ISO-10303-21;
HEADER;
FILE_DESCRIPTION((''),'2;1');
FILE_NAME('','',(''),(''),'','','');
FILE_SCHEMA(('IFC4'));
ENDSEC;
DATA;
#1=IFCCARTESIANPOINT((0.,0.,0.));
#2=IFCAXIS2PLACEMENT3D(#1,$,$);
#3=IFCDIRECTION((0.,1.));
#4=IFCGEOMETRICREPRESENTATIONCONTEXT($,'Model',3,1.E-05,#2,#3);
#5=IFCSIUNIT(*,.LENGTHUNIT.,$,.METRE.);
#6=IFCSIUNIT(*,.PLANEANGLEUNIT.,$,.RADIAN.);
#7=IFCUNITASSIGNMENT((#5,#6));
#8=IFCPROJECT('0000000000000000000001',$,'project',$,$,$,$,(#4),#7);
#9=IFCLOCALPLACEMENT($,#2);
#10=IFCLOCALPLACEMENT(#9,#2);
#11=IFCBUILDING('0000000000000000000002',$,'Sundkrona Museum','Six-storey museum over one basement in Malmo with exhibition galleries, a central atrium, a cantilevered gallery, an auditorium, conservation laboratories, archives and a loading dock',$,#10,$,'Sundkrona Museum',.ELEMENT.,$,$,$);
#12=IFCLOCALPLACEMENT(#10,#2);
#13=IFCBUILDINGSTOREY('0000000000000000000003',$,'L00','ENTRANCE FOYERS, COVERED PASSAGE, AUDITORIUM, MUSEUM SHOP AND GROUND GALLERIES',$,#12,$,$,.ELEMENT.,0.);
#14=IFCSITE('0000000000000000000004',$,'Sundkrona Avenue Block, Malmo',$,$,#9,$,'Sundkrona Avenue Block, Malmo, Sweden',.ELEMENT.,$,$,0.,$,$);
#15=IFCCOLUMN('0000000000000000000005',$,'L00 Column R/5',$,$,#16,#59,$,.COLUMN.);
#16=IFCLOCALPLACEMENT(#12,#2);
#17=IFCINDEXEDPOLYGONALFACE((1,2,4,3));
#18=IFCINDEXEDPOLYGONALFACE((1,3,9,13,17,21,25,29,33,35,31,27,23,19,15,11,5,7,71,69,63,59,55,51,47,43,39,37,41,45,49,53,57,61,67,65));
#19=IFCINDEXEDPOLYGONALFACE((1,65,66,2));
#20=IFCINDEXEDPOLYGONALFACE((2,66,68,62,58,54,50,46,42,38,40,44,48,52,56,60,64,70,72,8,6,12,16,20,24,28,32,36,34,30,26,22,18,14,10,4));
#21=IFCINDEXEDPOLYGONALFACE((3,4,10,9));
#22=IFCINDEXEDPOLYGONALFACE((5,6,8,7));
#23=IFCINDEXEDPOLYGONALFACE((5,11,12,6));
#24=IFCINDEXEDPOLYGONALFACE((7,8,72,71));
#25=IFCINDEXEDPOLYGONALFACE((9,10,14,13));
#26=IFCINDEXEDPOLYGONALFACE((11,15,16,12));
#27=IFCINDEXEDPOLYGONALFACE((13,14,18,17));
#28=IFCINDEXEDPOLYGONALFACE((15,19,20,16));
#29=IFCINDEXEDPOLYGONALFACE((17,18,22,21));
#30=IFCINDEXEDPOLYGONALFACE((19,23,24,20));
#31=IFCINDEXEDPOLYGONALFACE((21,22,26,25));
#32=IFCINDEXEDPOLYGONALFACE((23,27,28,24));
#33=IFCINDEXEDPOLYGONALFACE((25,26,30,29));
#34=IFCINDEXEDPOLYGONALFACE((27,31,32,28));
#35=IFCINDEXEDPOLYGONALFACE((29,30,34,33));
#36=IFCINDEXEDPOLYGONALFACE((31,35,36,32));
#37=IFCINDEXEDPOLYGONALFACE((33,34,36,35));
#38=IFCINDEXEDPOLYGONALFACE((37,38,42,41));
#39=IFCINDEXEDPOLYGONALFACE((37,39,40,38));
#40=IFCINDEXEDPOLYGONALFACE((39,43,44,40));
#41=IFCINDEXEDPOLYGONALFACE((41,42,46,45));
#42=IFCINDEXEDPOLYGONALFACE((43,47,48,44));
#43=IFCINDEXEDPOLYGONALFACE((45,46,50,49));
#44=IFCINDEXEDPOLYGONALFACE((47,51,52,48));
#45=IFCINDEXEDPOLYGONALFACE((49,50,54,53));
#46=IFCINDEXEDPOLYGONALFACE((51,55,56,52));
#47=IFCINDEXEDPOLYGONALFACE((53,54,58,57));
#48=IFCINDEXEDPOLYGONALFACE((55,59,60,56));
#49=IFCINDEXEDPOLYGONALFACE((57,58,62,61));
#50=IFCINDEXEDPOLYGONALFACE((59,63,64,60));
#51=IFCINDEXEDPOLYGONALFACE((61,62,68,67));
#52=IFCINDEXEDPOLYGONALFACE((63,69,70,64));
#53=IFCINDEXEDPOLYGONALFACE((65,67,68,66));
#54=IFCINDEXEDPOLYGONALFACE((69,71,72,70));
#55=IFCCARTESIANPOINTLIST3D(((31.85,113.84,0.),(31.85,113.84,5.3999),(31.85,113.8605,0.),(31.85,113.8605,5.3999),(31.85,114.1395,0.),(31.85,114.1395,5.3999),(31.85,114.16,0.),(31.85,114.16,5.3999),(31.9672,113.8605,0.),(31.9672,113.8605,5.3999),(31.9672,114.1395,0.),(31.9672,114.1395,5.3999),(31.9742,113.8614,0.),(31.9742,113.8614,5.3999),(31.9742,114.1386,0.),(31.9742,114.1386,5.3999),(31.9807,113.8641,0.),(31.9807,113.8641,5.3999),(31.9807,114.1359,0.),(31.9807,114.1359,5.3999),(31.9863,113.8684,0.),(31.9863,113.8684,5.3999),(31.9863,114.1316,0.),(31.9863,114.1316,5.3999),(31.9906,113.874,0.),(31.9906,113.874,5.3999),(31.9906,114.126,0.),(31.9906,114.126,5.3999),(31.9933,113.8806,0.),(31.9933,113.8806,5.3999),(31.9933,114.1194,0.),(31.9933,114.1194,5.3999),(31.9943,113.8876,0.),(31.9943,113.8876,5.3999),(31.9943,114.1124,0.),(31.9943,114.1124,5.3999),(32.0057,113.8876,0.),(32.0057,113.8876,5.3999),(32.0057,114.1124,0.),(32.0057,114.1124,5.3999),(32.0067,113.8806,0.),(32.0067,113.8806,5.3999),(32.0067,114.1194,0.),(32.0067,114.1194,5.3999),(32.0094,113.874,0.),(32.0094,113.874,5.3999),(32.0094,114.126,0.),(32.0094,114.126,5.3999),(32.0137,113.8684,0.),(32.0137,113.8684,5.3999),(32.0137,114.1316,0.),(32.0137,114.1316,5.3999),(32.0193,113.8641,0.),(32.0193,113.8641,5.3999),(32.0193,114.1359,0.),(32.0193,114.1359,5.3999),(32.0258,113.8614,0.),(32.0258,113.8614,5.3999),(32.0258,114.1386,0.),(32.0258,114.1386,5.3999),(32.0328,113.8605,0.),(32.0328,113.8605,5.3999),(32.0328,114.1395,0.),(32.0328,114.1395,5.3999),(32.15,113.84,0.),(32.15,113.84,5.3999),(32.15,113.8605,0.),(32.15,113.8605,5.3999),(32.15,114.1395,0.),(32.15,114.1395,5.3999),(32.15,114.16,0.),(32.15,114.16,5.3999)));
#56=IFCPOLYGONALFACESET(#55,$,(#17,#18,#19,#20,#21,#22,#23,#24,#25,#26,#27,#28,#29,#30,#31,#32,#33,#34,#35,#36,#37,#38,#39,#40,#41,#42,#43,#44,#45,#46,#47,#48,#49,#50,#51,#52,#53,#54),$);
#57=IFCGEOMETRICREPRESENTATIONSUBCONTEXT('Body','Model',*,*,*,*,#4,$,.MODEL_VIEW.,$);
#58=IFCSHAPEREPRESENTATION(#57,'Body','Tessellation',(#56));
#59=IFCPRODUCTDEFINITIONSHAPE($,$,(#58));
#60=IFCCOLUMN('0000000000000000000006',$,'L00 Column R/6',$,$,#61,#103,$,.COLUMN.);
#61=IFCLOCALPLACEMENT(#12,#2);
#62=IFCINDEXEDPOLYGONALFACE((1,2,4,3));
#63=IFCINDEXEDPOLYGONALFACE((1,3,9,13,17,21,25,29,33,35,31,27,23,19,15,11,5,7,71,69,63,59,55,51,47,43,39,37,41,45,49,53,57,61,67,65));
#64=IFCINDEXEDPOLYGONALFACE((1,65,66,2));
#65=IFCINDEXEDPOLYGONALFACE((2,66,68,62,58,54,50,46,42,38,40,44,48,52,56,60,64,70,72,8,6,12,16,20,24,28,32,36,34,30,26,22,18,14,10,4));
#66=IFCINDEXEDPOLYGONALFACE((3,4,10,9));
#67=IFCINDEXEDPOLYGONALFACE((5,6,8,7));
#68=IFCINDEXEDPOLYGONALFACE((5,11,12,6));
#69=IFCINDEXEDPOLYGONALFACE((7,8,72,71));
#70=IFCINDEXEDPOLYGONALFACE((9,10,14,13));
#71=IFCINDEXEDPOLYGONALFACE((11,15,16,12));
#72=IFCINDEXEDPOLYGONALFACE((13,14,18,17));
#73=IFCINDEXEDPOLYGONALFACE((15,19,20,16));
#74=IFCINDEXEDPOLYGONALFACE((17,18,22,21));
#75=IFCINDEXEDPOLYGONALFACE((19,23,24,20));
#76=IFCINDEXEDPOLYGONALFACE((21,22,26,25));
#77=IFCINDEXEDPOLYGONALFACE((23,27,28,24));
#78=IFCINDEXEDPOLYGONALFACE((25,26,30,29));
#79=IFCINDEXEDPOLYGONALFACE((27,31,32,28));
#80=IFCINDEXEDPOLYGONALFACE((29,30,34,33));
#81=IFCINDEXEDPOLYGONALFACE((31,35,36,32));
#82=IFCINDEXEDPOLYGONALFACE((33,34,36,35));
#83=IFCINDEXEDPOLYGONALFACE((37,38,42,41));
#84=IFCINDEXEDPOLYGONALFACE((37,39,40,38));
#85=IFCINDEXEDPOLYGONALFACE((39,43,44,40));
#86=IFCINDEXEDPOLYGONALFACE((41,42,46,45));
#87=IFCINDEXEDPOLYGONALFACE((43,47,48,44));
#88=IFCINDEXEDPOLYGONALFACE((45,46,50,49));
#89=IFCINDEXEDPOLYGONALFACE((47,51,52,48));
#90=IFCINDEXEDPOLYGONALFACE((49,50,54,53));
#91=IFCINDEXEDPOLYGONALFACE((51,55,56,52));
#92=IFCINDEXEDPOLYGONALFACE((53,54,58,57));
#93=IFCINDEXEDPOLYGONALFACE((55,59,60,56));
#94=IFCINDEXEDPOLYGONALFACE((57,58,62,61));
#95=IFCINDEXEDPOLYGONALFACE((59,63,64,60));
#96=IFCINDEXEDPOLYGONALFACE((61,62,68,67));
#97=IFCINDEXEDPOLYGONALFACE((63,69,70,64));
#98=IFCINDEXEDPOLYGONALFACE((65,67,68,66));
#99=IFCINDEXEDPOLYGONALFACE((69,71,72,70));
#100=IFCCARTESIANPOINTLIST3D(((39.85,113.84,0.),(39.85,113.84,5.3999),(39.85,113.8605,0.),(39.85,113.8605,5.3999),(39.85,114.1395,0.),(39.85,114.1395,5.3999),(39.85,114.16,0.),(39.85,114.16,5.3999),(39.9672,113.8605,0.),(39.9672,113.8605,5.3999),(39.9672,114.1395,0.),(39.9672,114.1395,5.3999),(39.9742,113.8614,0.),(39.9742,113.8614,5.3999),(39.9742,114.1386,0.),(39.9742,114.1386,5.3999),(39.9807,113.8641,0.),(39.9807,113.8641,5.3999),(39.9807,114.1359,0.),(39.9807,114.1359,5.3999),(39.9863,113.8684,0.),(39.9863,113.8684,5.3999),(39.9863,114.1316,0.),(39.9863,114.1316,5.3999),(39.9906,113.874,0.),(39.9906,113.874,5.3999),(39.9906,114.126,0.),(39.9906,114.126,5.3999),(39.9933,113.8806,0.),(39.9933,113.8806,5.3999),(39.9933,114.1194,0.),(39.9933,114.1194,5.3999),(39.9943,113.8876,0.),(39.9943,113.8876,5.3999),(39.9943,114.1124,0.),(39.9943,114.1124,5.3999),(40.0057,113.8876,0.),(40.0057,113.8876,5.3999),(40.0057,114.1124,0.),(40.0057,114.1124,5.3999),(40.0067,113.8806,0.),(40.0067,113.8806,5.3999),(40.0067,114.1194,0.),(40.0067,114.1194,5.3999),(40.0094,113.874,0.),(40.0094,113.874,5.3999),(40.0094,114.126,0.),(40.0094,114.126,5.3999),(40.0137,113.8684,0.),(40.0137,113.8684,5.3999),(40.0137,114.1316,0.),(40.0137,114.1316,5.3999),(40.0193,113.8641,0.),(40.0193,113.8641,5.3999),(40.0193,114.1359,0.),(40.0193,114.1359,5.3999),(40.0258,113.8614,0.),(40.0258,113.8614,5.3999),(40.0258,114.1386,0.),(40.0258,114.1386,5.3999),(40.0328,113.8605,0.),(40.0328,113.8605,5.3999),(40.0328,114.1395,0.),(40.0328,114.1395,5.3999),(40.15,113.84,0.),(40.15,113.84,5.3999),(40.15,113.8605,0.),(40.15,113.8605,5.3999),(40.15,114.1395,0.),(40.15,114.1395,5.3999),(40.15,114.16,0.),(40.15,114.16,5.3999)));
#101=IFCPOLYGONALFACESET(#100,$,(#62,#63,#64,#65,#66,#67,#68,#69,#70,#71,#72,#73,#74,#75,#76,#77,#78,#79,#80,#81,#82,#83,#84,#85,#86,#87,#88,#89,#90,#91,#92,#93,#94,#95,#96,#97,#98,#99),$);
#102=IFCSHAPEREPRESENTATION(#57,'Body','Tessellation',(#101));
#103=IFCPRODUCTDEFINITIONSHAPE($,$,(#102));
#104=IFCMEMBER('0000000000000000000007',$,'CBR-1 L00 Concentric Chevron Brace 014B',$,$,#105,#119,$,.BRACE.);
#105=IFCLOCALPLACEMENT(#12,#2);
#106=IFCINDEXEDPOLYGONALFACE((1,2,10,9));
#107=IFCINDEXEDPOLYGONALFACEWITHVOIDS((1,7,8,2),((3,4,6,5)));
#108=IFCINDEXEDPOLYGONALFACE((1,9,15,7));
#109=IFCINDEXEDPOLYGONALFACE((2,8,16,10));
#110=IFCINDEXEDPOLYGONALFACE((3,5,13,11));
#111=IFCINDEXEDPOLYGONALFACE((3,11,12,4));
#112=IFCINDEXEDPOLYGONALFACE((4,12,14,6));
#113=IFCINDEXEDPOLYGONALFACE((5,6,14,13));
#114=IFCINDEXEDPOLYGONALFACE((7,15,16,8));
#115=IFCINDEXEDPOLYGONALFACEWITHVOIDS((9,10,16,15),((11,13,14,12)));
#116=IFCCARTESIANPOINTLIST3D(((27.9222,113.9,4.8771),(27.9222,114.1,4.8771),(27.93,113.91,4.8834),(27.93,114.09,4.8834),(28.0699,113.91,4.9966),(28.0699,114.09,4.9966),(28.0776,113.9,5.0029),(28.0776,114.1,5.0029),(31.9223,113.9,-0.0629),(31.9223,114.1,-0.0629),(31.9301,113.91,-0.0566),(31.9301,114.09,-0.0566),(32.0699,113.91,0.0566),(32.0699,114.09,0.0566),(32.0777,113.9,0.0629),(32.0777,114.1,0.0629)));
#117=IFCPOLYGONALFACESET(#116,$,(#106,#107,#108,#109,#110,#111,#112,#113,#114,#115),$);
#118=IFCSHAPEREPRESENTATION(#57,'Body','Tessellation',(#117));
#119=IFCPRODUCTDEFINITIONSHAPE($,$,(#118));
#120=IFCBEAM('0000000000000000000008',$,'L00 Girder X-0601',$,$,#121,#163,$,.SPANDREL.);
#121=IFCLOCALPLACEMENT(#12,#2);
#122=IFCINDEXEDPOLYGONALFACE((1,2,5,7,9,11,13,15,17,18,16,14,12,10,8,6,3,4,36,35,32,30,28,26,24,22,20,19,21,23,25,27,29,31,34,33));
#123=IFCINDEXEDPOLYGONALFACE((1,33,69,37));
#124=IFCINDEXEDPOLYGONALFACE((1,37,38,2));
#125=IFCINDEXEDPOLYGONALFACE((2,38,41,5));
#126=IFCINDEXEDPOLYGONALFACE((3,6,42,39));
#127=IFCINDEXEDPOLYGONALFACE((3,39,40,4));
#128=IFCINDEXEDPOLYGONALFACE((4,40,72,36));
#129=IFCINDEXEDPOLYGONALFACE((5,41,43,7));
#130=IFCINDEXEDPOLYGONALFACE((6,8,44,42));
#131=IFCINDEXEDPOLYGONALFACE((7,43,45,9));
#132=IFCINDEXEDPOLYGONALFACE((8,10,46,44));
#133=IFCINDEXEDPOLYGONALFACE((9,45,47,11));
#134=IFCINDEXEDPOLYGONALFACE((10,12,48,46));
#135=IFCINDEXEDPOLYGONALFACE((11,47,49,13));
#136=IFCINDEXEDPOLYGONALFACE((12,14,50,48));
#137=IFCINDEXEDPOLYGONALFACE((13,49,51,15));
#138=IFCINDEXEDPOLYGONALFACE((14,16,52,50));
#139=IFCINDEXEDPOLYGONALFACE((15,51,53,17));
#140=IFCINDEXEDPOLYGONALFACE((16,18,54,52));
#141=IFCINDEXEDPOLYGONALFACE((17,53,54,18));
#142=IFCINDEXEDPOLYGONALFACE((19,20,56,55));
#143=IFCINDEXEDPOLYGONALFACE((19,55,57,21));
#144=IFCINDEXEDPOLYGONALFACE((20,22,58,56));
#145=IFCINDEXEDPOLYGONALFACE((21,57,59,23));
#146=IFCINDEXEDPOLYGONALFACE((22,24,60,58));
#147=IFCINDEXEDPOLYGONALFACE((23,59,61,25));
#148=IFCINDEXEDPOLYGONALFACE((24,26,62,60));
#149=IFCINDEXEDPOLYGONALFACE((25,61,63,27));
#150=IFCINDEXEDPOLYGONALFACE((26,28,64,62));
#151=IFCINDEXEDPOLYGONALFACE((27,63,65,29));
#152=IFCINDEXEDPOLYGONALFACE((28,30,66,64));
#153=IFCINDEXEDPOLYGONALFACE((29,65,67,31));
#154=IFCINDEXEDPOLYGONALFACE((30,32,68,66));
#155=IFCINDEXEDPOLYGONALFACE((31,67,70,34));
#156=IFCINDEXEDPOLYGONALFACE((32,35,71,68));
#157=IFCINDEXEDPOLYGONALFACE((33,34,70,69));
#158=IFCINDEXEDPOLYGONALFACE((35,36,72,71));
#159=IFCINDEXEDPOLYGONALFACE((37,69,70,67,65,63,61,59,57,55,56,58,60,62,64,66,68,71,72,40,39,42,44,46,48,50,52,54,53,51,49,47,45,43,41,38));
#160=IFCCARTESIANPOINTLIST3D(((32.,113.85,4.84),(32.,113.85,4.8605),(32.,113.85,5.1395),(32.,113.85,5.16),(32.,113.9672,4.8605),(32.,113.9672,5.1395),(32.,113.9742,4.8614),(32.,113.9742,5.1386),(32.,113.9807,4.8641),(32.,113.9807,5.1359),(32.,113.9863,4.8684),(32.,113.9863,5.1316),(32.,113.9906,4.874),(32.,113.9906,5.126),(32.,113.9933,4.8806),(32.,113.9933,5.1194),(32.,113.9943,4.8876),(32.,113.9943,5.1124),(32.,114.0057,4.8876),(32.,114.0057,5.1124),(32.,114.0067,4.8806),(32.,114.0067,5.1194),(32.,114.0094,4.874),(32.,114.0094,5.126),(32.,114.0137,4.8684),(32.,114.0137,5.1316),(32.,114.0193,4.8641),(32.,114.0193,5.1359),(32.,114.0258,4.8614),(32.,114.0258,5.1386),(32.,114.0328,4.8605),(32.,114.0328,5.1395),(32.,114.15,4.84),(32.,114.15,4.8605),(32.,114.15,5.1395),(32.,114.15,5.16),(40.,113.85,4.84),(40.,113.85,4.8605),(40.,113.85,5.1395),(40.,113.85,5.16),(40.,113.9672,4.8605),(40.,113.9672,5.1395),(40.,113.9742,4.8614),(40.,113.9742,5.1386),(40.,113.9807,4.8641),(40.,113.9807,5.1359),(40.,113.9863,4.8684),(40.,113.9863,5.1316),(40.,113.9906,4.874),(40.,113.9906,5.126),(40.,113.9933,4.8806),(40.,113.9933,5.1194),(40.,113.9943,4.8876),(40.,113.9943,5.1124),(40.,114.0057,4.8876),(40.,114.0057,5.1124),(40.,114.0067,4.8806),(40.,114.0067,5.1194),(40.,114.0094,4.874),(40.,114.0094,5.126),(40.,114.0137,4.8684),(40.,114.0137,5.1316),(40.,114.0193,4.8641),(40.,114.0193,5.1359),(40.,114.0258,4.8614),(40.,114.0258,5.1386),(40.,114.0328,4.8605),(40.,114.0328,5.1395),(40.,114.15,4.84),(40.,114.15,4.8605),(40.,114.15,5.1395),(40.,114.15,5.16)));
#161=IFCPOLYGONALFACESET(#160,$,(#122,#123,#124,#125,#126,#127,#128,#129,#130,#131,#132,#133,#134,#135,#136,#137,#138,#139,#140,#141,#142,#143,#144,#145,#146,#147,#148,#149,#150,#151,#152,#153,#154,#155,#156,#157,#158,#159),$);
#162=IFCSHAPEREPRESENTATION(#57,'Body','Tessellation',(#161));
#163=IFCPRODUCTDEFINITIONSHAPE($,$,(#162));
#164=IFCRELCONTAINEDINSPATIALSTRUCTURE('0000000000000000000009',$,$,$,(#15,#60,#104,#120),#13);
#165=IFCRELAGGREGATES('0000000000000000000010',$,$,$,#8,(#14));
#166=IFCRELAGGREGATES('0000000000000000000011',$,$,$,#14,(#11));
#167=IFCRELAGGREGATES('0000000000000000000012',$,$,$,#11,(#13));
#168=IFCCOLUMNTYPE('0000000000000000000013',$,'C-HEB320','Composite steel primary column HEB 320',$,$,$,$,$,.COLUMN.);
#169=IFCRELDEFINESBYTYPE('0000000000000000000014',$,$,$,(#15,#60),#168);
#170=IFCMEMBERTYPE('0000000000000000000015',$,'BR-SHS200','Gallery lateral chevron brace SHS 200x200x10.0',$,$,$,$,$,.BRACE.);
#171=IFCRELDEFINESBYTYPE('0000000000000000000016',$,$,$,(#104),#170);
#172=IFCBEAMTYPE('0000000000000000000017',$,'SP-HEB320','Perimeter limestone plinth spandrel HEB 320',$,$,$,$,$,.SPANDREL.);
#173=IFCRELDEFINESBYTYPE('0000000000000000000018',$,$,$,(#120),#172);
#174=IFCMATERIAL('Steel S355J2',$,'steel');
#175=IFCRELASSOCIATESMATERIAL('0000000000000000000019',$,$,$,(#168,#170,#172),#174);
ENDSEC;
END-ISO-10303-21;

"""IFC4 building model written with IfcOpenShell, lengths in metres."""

from ifc_helpers import new_model, si_unit, direction, frame, origin, origin_2d, place, context, subcontext, project, spatial, hollow_rectangle, i_section, extrude, material, material_profile, profile_set, type_object, element, save


model = new_model("IFC4")

# Units and contexts
model_context = context("Model", 3, precision=1e-05, world=origin(), true_north=direction((0.0, 1.0)))
body_context = subcontext(model_context, "Body", "Model", "MODEL_VIEW")
ifc_project = project(units=[si_unit("LENGTHUNIT", "METRE"), si_unit("PLANEANGLEUNIT", "RADIAN")], contexts=[model_context])

# Site, building, storey
site_placement = place(None, origin())
site = spatial("IfcSite", under=ifc_project, at=site_placement, Name="Sundkrona Avenue Block, Malmo", LongName="Sundkrona Avenue Block, Malmo, Sweden", CompositionType="ELEMENT", RefElevation=0.0)
building_placement = place(site_placement, origin())
building = spatial("IfcBuilding", under=site, at=building_placement, Name="Sundkrona Museum", Description="Six-storey museum over one basement in Malmo with exhibition galleries, a central atrium, a cantilevered gallery, an auditorium, conservation laboratories, archives and a loading dock", LongName="Sundkrona Museum", CompositionType="ELEMENT")
storey_placement = place(building_placement, origin())
storey = spatial("IfcBuildingStorey", under=building, at=storey_placement, Name="L00", Description="ENTRANCE FOYERS, COVERED PASSAGE, AUDITORIUM, MUSEUM SHOP AND GROUND GALLERIES", CompositionType="ELEMENT", Elevation=0.0)

# Columns
ifc_material_1 = material(Name="Steel S355J2", Category="steel")
ifc_material_profile_1 = material_profile(ifc_material_1, i_section(OverallWidth=0.3, OverallDepth=0.3201, WebThickness=0.0115, FlangeThickness=0.0205, FilletRadius=0.0271, at=origin_2d()), Name="HEB 320")
ifc_profile_set_1 = profile_set([ifc_material_profile_1], Name="Steel S355J2")
column_type = type_object("IfcColumnType", Name="C-HEB320", Description="Composite steel primary column HEB 320", PredefinedType="COLUMN", material=ifc_profile_set_1)
for number, where, z_axis, x_axis, name in (
    (1, (32.0, 114.0, 0.0), (0.0, 0.0, 1.0), (1.0, 0.0, 0.0), "L00 Column R/5"),
    (2, (40.0, 114.0, 0.0), (0.0, 0.0, 1.0), (1.0, 0.0, 0.0), "L00 Column R/6"),
):
    element("IfcColumn", number, at=place(storey_placement, frame(where, z_axis=z_axis, x_axis=x_axis)), inside=storey, type_object=column_type, Name=name, PredefinedType="COLUMN", context=body_context, shape_type="SweptSolid", body=[
        extrude(i_section(OverallWidth=0.3, OverallDepth=0.3201, WebThickness=0.0115, FlangeThickness=0.0205, FilletRadius=0.0271, at=origin_2d()), origin(), (0.0, 0.0, 1.0), 5.3999),
    ])

# Member
ifc_material_profile_2 = material_profile(ifc_material_1, hollow_rectangle(XDim=0.2, YDim=0.2, WallThickness=0.01, at=origin_2d()), Name="SHS 200x200x10.0")
ifc_profile_set_2 = profile_set([ifc_material_profile_2], Name="Steel S355J2")
member_type = type_object("IfcMemberType", Name="BR-SHS200", Description="Gallery lateral chevron brace SHS 200x200x10.0", PredefinedType="BRACE", material=ifc_profile_set_2)
member_placement = place(storey_placement, frame((32.0, 114.0, 0.0), z_axis=(-0.629293, 0.0, 0.777168), x_axis=(0.0, -1.0, 0.0)))
element("IfcMember", 3, at=member_placement, inside=storey, type_object=member_type, Name="CBR-1 L00 Concentric Chevron Brace 014B", PredefinedType="BRACE", context=body_context, shape_type="SweptSolid", body=[
    extrude(hollow_rectangle(XDim=0.2, YDim=0.2, WallThickness=0.01, at=origin_2d()), origin(), (0.0, 0.0, 1.0), 6.3564),
])

# Beam
ifc_material_profile_3 = material_profile(ifc_material_1, i_section(OverallWidth=0.3, OverallDepth=0.3201, WebThickness=0.0115, FlangeThickness=0.0205, FilletRadius=0.0271, at=origin_2d()), Name="HEB 320")
ifc_profile_set_3 = profile_set([ifc_material_profile_3], Name="Steel S355J2")
beam_type = type_object("IfcBeamType", Name="SP-HEB320", Description="Perimeter limestone plinth spandrel HEB 320", PredefinedType="SPANDREL", material=ifc_profile_set_3)
for number, where, z_axis, x_axis, name in (
    (4, (32.0, 114.0, 5.0), (1.0, 0.0, 0.0), (0.0, 1.0, 0.0), "L00 Girder X-0601"),
):
    element("IfcBeam", number, at=place(storey_placement, frame(where, z_axis=z_axis, x_axis=x_axis)), inside=storey, type_object=beam_type, Name=name, PredefinedType="SPANDREL", context=body_context, shape_type="SweptSolid", body=[
        extrude(i_section(OverallWidth=0.3, OverallDepth=0.3201, WebThickness=0.0115, FlangeThickness=0.0205, FilletRadius=0.0271, at=origin_2d()), origin(), (0.0, 0.0, 1.0), 8.0),
    ])

save(model, "model.ifc")
